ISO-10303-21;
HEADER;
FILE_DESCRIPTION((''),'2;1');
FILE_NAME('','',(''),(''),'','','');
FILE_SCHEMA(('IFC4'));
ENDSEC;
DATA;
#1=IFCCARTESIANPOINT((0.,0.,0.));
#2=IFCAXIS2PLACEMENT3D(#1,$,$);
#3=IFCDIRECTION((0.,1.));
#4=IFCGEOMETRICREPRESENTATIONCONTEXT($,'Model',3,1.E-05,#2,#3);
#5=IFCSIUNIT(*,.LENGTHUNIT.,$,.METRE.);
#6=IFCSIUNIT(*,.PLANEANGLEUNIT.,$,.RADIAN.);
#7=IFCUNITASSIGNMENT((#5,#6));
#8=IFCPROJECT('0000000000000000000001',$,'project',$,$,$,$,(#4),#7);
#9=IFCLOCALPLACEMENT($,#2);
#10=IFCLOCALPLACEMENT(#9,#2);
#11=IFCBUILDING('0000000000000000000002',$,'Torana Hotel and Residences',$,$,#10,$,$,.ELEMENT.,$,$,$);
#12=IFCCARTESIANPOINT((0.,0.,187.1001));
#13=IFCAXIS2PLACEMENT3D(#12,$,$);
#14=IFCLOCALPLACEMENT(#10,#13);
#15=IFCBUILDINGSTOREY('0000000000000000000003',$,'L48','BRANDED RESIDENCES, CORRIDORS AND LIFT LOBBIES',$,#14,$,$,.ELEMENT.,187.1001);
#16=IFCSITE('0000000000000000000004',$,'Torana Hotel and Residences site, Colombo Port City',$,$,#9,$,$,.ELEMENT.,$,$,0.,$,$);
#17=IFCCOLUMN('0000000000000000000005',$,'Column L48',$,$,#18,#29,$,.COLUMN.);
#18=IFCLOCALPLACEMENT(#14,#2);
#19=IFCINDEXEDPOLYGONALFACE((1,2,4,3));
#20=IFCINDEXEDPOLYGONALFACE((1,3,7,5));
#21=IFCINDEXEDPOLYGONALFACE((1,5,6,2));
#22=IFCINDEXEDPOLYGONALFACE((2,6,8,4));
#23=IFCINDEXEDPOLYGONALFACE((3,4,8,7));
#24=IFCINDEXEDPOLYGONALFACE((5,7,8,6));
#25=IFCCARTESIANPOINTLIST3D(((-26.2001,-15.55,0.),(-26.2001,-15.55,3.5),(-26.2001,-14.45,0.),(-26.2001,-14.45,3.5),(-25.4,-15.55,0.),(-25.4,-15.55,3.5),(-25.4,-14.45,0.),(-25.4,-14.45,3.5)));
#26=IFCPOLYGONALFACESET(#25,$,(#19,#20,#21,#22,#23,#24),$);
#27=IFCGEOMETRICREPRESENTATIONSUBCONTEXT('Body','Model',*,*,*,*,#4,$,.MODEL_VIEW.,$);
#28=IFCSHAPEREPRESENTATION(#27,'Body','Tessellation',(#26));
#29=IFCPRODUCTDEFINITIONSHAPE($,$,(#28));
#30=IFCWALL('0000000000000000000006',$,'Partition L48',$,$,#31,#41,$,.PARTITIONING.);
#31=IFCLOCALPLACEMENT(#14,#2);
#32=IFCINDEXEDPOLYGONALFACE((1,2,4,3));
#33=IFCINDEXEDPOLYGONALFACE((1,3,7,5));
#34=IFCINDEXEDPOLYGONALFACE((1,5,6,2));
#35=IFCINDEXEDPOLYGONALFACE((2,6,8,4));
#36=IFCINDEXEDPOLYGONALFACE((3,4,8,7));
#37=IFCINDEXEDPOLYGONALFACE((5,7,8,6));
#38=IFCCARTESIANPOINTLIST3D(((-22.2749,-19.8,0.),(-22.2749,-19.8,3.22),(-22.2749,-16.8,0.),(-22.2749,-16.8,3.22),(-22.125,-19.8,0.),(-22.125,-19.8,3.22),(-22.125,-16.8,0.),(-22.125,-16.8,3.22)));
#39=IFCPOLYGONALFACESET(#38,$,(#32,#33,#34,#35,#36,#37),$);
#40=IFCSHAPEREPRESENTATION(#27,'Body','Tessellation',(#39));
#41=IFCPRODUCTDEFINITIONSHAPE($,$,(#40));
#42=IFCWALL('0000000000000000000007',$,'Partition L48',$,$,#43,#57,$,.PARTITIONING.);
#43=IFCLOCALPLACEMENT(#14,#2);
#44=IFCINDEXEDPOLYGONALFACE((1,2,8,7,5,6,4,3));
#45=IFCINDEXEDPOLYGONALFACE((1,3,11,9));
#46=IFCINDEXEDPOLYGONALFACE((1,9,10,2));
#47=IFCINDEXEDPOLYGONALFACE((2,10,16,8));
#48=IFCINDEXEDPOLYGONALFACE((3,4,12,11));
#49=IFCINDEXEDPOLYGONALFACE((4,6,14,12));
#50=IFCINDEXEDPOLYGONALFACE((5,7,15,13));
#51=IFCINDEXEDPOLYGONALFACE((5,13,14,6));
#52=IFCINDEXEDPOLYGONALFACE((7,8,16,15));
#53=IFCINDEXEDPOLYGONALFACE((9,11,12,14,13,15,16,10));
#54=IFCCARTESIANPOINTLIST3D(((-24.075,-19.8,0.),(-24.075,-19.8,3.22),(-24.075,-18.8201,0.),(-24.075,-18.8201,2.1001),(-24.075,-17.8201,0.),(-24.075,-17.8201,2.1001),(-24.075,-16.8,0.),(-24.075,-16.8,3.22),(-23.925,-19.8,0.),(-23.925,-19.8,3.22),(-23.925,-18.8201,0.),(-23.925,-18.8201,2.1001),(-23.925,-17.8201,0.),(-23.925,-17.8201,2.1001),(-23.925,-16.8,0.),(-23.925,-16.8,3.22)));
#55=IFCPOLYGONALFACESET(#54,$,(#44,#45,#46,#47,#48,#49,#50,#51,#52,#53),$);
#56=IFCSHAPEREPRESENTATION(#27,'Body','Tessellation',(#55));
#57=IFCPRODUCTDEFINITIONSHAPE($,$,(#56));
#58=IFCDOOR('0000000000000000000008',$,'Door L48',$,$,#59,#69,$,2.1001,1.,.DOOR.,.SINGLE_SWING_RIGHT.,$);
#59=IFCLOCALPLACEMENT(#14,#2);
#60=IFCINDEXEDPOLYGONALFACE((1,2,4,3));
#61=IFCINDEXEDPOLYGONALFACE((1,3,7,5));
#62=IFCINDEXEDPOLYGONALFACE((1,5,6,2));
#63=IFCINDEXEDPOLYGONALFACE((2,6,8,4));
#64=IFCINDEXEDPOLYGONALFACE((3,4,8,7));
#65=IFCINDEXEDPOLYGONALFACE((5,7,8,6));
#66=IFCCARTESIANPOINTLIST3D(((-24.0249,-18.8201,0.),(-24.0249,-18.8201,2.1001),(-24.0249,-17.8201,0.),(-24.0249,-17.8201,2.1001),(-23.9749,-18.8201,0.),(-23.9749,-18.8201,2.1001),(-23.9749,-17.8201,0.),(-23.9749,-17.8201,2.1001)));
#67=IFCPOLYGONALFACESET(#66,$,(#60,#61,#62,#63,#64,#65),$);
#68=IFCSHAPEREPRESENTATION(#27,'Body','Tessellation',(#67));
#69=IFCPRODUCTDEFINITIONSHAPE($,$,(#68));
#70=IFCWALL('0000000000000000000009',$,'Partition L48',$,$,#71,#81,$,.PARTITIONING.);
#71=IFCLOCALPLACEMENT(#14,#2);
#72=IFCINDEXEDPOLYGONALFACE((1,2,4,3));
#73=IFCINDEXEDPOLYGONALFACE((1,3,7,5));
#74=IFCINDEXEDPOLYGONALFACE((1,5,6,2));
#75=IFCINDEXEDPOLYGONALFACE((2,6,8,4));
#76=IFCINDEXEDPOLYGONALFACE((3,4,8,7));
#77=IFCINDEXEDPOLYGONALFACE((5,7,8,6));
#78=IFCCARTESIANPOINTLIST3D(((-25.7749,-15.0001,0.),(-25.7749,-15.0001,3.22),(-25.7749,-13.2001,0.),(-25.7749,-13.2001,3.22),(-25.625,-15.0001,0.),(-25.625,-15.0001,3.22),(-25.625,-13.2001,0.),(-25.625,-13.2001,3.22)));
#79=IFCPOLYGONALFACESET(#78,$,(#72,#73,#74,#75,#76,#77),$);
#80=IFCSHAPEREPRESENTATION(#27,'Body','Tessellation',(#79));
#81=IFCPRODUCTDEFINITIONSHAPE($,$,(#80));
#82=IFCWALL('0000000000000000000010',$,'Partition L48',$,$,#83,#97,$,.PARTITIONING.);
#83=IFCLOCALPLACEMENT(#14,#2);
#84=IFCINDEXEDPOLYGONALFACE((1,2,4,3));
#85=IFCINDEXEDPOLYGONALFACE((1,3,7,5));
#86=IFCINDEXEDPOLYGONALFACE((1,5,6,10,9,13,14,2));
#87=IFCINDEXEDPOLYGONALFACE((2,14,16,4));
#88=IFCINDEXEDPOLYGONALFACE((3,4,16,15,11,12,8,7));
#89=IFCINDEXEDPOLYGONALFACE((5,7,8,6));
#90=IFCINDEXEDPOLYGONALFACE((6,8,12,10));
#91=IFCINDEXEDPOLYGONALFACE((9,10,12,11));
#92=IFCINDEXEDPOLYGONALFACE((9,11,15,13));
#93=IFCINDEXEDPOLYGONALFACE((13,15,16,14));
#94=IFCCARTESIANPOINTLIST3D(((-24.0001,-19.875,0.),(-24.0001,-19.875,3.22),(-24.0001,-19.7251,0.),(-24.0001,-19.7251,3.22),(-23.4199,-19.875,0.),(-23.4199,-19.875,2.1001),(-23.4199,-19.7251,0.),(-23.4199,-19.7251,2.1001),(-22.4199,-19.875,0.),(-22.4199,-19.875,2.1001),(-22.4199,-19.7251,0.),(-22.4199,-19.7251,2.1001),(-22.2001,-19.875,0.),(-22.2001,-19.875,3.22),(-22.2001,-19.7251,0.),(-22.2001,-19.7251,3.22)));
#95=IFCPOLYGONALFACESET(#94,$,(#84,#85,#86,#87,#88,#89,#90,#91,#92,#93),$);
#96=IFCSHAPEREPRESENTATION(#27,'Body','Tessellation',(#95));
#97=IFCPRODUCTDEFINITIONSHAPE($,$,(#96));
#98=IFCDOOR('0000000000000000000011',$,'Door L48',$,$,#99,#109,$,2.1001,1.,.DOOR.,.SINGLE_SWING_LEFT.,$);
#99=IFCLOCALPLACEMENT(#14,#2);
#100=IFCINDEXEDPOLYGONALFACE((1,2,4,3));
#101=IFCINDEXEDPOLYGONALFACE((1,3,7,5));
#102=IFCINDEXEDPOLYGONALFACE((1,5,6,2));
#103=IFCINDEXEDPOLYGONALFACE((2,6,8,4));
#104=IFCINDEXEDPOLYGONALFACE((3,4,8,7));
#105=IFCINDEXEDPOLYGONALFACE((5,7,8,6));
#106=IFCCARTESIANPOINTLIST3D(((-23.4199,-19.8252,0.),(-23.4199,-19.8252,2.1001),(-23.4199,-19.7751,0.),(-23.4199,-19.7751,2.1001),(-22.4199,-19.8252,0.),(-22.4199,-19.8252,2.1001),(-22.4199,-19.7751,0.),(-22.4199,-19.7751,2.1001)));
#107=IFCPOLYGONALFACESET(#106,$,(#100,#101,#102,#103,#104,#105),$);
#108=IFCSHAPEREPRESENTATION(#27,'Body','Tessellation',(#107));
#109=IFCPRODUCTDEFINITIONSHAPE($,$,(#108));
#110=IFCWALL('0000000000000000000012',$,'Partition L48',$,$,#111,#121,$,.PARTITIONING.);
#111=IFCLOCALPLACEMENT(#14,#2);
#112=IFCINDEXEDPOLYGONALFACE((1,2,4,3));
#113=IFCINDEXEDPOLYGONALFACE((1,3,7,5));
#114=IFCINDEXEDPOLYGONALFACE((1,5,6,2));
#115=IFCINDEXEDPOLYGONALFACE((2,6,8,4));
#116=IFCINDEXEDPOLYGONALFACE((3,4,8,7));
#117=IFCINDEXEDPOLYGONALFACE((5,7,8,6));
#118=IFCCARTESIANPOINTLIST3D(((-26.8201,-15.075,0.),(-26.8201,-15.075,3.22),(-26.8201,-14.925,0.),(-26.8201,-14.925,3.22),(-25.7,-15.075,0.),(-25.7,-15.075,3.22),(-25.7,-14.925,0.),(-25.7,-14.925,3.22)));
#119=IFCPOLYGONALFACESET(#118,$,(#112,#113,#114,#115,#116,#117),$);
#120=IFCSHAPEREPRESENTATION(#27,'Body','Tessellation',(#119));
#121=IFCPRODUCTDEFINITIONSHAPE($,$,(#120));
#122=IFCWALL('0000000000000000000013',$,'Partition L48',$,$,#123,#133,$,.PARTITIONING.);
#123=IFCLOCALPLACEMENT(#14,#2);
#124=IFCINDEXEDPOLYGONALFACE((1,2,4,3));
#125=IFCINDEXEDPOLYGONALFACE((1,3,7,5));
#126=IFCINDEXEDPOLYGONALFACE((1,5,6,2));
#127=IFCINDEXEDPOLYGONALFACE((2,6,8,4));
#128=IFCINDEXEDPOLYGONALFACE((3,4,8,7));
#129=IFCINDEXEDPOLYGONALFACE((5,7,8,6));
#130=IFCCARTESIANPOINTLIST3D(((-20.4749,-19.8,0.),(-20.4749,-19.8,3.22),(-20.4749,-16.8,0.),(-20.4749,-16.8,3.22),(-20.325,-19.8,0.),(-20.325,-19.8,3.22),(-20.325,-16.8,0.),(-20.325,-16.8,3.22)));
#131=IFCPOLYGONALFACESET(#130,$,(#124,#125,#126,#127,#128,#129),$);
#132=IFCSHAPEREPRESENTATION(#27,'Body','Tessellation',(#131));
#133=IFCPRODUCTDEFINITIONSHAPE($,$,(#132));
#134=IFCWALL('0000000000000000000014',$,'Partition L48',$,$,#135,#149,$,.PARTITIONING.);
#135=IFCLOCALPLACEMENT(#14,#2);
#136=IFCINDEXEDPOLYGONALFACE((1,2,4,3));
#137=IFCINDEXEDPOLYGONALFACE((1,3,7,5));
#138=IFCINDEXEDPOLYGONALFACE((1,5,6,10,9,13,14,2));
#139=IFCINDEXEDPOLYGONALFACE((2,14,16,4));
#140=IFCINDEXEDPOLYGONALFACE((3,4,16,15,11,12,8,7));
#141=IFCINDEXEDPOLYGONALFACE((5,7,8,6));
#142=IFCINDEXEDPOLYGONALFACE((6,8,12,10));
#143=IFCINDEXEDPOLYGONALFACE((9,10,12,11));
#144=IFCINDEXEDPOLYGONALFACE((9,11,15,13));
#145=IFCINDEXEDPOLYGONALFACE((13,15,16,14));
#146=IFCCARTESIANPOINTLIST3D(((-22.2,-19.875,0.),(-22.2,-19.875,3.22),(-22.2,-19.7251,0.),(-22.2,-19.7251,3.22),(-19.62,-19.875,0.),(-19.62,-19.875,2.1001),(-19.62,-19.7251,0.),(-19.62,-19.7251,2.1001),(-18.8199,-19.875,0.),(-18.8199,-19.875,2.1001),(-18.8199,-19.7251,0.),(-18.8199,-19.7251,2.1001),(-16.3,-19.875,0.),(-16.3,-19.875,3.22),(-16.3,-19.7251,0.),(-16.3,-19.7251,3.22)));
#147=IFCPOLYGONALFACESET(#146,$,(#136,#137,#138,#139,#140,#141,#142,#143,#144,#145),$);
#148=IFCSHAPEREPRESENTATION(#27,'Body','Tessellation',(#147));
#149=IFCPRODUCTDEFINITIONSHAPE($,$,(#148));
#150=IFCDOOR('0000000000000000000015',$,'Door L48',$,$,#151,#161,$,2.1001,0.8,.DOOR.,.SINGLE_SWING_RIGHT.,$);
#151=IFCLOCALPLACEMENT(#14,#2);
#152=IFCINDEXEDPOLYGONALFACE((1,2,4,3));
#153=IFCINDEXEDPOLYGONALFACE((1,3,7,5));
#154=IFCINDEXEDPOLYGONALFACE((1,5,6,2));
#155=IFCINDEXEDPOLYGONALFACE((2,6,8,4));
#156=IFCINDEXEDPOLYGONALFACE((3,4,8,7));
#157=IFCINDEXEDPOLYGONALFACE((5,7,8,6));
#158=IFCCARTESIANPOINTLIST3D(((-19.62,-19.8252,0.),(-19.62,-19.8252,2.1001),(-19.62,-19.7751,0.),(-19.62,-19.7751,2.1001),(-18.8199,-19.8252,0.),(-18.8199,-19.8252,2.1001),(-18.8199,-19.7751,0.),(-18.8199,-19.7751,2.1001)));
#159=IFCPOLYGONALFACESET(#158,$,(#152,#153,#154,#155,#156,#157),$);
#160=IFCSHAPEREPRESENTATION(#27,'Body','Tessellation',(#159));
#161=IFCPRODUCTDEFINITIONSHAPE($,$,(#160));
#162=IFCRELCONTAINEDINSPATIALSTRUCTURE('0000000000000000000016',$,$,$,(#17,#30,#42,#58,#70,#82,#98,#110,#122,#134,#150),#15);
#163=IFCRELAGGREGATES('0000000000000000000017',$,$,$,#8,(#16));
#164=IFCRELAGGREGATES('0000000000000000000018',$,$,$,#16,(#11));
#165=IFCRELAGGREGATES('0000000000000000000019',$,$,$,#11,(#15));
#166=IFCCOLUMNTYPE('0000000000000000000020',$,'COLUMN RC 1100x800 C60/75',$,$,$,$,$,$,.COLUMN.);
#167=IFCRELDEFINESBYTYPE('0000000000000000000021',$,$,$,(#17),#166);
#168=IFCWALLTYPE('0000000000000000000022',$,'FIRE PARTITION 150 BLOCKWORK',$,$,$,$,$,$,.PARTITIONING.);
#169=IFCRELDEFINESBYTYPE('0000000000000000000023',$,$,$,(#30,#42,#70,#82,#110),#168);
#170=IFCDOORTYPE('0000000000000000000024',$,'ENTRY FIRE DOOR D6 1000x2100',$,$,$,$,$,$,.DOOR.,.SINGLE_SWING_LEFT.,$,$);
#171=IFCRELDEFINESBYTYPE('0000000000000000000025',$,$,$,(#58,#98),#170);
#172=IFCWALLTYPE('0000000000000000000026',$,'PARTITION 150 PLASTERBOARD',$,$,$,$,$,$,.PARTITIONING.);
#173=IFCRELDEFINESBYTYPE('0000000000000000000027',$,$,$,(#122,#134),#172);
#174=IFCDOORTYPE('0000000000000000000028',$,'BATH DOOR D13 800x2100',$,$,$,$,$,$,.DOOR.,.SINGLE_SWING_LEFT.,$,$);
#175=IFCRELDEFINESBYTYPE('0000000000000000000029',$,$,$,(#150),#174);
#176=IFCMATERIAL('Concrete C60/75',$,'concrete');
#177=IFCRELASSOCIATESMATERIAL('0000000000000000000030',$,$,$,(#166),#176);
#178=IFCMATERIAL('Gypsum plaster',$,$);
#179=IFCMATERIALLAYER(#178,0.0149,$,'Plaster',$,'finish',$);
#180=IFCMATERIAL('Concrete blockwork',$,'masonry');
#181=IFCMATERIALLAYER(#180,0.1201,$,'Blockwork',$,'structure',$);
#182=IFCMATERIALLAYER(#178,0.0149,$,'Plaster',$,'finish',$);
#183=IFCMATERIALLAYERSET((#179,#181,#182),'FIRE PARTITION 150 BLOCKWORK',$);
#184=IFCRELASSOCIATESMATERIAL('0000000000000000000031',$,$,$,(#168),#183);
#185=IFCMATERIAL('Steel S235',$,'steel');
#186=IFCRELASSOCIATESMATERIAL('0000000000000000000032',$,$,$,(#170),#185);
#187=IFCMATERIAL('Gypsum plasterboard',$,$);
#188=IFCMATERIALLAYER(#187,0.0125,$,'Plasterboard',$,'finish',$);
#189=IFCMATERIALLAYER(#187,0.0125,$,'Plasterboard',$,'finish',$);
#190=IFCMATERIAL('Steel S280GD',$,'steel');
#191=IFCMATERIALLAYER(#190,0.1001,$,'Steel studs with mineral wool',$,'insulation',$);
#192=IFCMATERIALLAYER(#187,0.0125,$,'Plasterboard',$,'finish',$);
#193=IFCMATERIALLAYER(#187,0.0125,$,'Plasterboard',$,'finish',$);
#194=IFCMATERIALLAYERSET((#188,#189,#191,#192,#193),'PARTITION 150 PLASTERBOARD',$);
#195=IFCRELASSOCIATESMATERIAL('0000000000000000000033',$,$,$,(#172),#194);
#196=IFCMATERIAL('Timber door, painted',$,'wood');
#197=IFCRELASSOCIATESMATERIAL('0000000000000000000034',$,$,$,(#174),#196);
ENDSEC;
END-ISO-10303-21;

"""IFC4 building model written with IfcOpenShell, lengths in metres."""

from ifc_helpers import new_model, si_unit, direction, frame, frame_2d, origin, origin_2d, place, context, subcontext, project, spatial, rectangle, extrude, material, layer, layer_set, material_profile, profile_set, type_object, element, fill, save


model = new_model("IFC4")

# Units and contexts
model_context = context("Model", 3, precision=1e-05, world=origin(), true_north=direction((0.0, 1.0)))
body_context = subcontext(model_context, "Body", "Model", "MODEL_VIEW")
ifc_project = project(units=[si_unit("LENGTHUNIT", "METRE"), si_unit("PLANEANGLEUNIT", "RADIAN")], contexts=[model_context])

# Site, building, storey
site_placement = place(None, origin())
site = spatial("IfcSite", under=ifc_project, at=site_placement, Name="Torana Hotel and Residences site, Colombo Port City", CompositionType="ELEMENT", RefElevation=0.0)
building_placement = place(site_placement, origin())
building = spatial("IfcBuilding", under=site, at=building_placement, Name="Torana Hotel and Residences", CompositionType="ELEMENT")
storey_placement = place(building_placement, frame((0.0, 0.0, 187.1001)))
storey = spatial("IfcBuildingStorey", under=building, at=storey_placement, Name="L48", Description="BRANDED RESIDENCES, CORRIDORS AND LIFT LOBBIES", CompositionType="ELEMENT", Elevation=187.1001)

# Column
ifc_material_1 = material(Name="Concrete C60/75", Category="concrete")
ifc_material_profile = material_profile(ifc_material_1, rectangle(XDim=1.1001, YDim=0.8, at=origin_2d()), Name="RC 1100x800")
ifc_profile_set = profile_set([ifc_material_profile], Name="Concrete C60/75")
column_type = type_object("IfcColumnType", Name="COLUMN RC 1100x800 C60/75", PredefinedType="COLUMN", material=ifc_profile_set)
column_placement = place(storey_placement, frame((-25.8, -15.0, 0.0), z_axis=(0.0, 0.0, 1.0), x_axis=(0.0, 1.0, 0.0)))
element("IfcColumn", 1, at=column_placement, inside=storey, type_object=column_type, Name="Column L48", PredefinedType="COLUMN", context=body_context, shape_type="SweptSolid", body=[
    extrude(rectangle(XDim=1.1001, YDim=0.8, at=origin_2d()), origin(), (0.0, 0.0, 1.0), 3.5),
])

# Wall
ifc_material_2 = material(Name="Gypsum plaster")
ifc_layer_1 = layer(ifc_material_2, 0.0149, Name="Plaster", Category="finish")
ifc_material_3 = material(Name="Concrete blockwork", Category="masonry")
ifc_layer_2 = layer(ifc_material_3, 0.1201, Name="Blockwork", Category="structure")
ifc_layer_3 = layer(ifc_material_2, 0.0149, Name="Plaster", Category="finish")
ifc_layer_set_1 = layer_set([ifc_layer_1, ifc_layer_2, ifc_layer_3], Name="FIRE PARTITION 150 BLOCKWORK")
wall_type_1 = type_object("IfcWallType", Name="FIRE PARTITION 150 BLOCKWORK", PredefinedType="PARTITIONING", material=ifc_layer_set_1)
wall_1_placement = place(storey_placement, frame((-22.2, -19.8, 0.0), z_axis=(0.0, 0.0, 1.0), x_axis=(0.0, 1.0, 0.0)))
element("IfcWall", 2, at=wall_1_placement, inside=storey, type_object=wall_type_1, Name="Partition L48", PredefinedType="PARTITIONING", context=body_context, shape_type="SweptSolid", body=[
    extrude(rectangle(XDim=3.0, YDim=0.1499, at=frame_2d((1.5, 0.0))), origin(), (0.0, 0.0, 1.0), 3.22),
])

# Wall, opening, door
wall_2_placement = place(storey_placement, frame((-24.0, -19.8, 0.0), z_axis=(0.0, 0.0, 1.0), x_axis=(0.0, 1.0, 0.0)))
wall_2 = element("IfcWall", 3, at=wall_2_placement, inside=storey, type_object=wall_type_1, Name="Partition L48", PredefinedType="PARTITIONING", context=body_context, shape_type="SweptSolid", body=[
    extrude(rectangle(XDim=3.0, YDim=0.1499, at=frame_2d((1.5, 0.0))), origin(), (0.0, 0.0, 1.0), 3.22),
])
opening_1_placement = place(wall_2_placement, frame((0.98, 0.0, 0.0)))
opening_1 = element("IfcOpeningElement", 4, at=opening_1_placement, cuts=wall_2, PredefinedType="OPENING", context=body_context, shape_type="SweptSolid", body=[
    extrude(rectangle(XDim=1.0, YDim=2.1001, at=frame_2d((0.5, 1.05))), frame((0.0, 0.085, 0.0), z_axis=(0.0, -1.0, 0.0), x_axis=(1.0, 0.0, 0.0)), (0.0, 0.0, 1.0), 0.1699),
])
ifc_material_4 = material(Name="Steel S235", Category="steel")
door_type_1 = type_object("IfcDoorType", Name="ENTRY FIRE DOOR D6 1000x2100", OperationType="SINGLE_SWING_LEFT", PredefinedType="DOOR", material=ifc_material_4)
door_1_placement = place(opening_1_placement, origin())
door_1 = element("IfcDoor", 5, at=door_1_placement, inside=storey, type_object=door_type_1, Name="Door L48", OperationType="SINGLE_SWING_RIGHT", OverallHeight=2.1001, OverallWidth=1.0, PredefinedType="DOOR", context=body_context, shape_type="SweptSolid", body=[
    extrude(rectangle(XDim=1.0, YDim=2.1001, at=frame_2d((0.5, 1.05))), frame((0.0, 0.0249, 0.0), z_axis=(0.0, -1.0, 0.0), x_axis=(1.0, 0.0, 0.0)), (0.0, 0.0, 1.0), 0.05),
])
fill(opening_1, door_1)

# Wall
wall_3_placement = place(storey_placement, frame((-25.7, -15.0, 0.0), z_axis=(0.0, 0.0, 1.0), x_axis=(0.0, 1.0, 0.0)))
element("IfcWall", 6, at=wall_3_placement, inside=storey, type_object=wall_type_1, Name="Partition L48", PredefinedType="PARTITIONING", context=body_context, shape_type="SweptSolid", body=[
    extrude(rectangle(XDim=1.8, YDim=0.1499, at=frame_2d((0.8999, 0.0))), origin(), (0.0, 0.0, 1.0), 3.22),
])

# Wall, opening, door
wall_4_placement = place(storey_placement, frame((-24.0, -19.8, 0.0), z_axis=(0.0, 0.0, 1.0), x_axis=(1.0, 0.0, 0.0)))
wall_4 = element("IfcWall", 7, at=wall_4_placement, inside=storey, type_object=wall_type_1, Name="Partition L48", PredefinedType="PARTITIONING", context=body_context, shape_type="SweptSolid", body=[
    extrude(rectangle(XDim=1.8, YDim=0.1499, at=frame_2d((0.8999, 0.0))), origin(), (0.0, 0.0, 1.0), 3.22),
])
opening_2_placement = place(wall_4_placement, frame((0.5801, 0.0, 0.0)))
opening_2 = element("IfcOpeningElement", 8, at=opening_2_placement, cuts=wall_4, PredefinedType="OPENING", context=body_context, shape_type="SweptSolid", body=[
    extrude(rectangle(XDim=1.0, YDim=2.1001, at=frame_2d((0.5, 1.05))), frame((0.0, 0.085, 0.0), z_axis=(0.0, -1.0, 0.0), x_axis=(1.0, 0.0, 0.0)), (0.0, 0.0, 1.0), 0.1699),
])
door_2_placement = place(opening_2_placement, frame((0.5, 0.0, 0.0), z_axis=(0.0, 0.0, 1.0), x_axis=(-1.0, 0.0, 0.0)))
door_2 = element("IfcDoor", 9, at=door_2_placement, inside=storey, type_object=door_type_1, Name="Door L48", OperationType="SINGLE_SWING_LEFT", OverallHeight=2.1001, OverallWidth=1.0, PredefinedType="DOOR", context=body_context, shape_type="SweptSolid", body=[
    extrude(rectangle(XDim=1.0, YDim=2.1001, at=frame_2d((0.0, 1.05))), frame((0.0, -0.0249, 0.0), z_axis=(0.0, 1.0, 0.0), x_axis=(-1.0, 0.0, 0.0)), (0.0, 0.0, 1.0), 0.05),
])
fill(opening_2, door_2)

# Walls
wall_5_placement = place(storey_placement, frame((-26.8201, -15.0, 0.0), z_axis=(0.0, 0.0, 1.0), x_axis=(1.0, 0.0, 0.0)))
element("IfcWall", 10, at=wall_5_placement, inside=storey, type_object=wall_type_1, Name="Partition L48", PredefinedType="PARTITIONING", context=body_context, shape_type="SweptSolid", body=[
    extrude(rectangle(XDim=1.1201, YDim=0.1499, at=frame_2d((0.5601, 0.0))), origin(), (0.0, 0.0, 1.0), 3.22),
])
ifc_material_5 = material(Name="Gypsum plasterboard")
ifc_layer_4 = layer(ifc_material_5, 0.0125, Name="Plasterboard", Category="finish")
ifc_layer_5 = layer(ifc_material_5, 0.0125, Name="Plasterboard", Category="finish")
ifc_material_6 = material(Name="Steel S280GD", Category="steel")
ifc_layer_6 = layer(ifc_material_6, 0.1001, Name="Steel studs with mineral wool", Category="insulation")
ifc_layer_7 = layer(ifc_material_5, 0.0125, Name="Plasterboard", Category="finish")
ifc_layer_8 = layer(ifc_material_5, 0.0125, Name="Plasterboard", Category="finish")
ifc_layer_set_2 = layer_set([ifc_layer_4, ifc_layer_5, ifc_layer_6, ifc_layer_7, ifc_layer_8], Name="PARTITION 150 PLASTERBOARD")
wall_type_2 = type_object("IfcWallType", Name="PARTITION 150 PLASTERBOARD", PredefinedType="PARTITIONING", material=ifc_layer_set_2)
wall_6_placement = place(storey_placement, frame((-20.3999, -19.8, 0.0), z_axis=(0.0, 0.0, 1.0), x_axis=(0.0, 1.0, 0.0)))
element("IfcWall", 11, at=wall_6_placement, inside=storey, type_object=wall_type_2, Name="Partition L48", PredefinedType="PARTITIONING", context=body_context, shape_type="SweptSolid", body=[
    extrude(rectangle(XDim=3.0, YDim=0.1499, at=frame_2d((1.5, 0.0))), origin(), (0.0, 0.0, 1.0), 3.22),
])

# Wall, opening, door
wall_7_placement = place(storey_placement, frame((-22.2, -19.8, 0.0), z_axis=(0.0, 0.0, 1.0), x_axis=(1.0, 0.0, 0.0)))
wall_7 = element("IfcWall", 12, at=wall_7_placement, inside=storey, type_object=wall_type_2, Name="Partition L48", PredefinedType="PARTITIONING", context=body_context, shape_type="SweptSolid", body=[
    extrude(rectangle(XDim=5.8999, YDim=0.1499, at=frame_2d((2.95, 0.0))), origin(), (0.0, 0.0, 1.0), 3.22),
])
opening_3_placement = place(wall_7_placement, frame((2.5801, 0.0, 0.0)))
opening_3 = element("IfcOpeningElement", 13, at=opening_3_placement, cuts=wall_7, PredefinedType="OPENING", context=body_context, shape_type="SweptSolid", body=[
    extrude(rectangle(XDim=0.8, YDim=2.1001, at=frame_2d((0.3999, 1.05))), frame((0.0, 0.085, 0.0), z_axis=(0.0, -1.0, 0.0), x_axis=(1.0, 0.0, 0.0)), (0.0, 0.0, 1.0), 0.1699),
])
ifc_material_7 = material(Name="Timber door, painted", Category="wood")
door_type_2 = type_object("IfcDoorType", Name="BATH DOOR D13 800x2100", OperationType="SINGLE_SWING_LEFT", PredefinedType="DOOR", material=ifc_material_7)
door_3_placement = place(opening_3_placement, origin())
door_3 = element("IfcDoor", 14, at=door_3_placement, inside=storey, type_object=door_type_2, Name="Door L48", OperationType="SINGLE_SWING_RIGHT", OverallHeight=2.1001, OverallWidth=0.8, PredefinedType="DOOR", context=body_context, shape_type="SweptSolid", body=[
    extrude(rectangle(XDim=0.8, YDim=2.1001, at=frame_2d((0.3999, 1.05))), frame((0.0, 0.0249, 0.0), z_axis=(0.0, -1.0, 0.0), x_axis=(1.0, 0.0, 0.0)), (0.0, 0.0, 1.0), 0.05),
])
fill(opening_3, door_3)

save(model, "model.ifc")
